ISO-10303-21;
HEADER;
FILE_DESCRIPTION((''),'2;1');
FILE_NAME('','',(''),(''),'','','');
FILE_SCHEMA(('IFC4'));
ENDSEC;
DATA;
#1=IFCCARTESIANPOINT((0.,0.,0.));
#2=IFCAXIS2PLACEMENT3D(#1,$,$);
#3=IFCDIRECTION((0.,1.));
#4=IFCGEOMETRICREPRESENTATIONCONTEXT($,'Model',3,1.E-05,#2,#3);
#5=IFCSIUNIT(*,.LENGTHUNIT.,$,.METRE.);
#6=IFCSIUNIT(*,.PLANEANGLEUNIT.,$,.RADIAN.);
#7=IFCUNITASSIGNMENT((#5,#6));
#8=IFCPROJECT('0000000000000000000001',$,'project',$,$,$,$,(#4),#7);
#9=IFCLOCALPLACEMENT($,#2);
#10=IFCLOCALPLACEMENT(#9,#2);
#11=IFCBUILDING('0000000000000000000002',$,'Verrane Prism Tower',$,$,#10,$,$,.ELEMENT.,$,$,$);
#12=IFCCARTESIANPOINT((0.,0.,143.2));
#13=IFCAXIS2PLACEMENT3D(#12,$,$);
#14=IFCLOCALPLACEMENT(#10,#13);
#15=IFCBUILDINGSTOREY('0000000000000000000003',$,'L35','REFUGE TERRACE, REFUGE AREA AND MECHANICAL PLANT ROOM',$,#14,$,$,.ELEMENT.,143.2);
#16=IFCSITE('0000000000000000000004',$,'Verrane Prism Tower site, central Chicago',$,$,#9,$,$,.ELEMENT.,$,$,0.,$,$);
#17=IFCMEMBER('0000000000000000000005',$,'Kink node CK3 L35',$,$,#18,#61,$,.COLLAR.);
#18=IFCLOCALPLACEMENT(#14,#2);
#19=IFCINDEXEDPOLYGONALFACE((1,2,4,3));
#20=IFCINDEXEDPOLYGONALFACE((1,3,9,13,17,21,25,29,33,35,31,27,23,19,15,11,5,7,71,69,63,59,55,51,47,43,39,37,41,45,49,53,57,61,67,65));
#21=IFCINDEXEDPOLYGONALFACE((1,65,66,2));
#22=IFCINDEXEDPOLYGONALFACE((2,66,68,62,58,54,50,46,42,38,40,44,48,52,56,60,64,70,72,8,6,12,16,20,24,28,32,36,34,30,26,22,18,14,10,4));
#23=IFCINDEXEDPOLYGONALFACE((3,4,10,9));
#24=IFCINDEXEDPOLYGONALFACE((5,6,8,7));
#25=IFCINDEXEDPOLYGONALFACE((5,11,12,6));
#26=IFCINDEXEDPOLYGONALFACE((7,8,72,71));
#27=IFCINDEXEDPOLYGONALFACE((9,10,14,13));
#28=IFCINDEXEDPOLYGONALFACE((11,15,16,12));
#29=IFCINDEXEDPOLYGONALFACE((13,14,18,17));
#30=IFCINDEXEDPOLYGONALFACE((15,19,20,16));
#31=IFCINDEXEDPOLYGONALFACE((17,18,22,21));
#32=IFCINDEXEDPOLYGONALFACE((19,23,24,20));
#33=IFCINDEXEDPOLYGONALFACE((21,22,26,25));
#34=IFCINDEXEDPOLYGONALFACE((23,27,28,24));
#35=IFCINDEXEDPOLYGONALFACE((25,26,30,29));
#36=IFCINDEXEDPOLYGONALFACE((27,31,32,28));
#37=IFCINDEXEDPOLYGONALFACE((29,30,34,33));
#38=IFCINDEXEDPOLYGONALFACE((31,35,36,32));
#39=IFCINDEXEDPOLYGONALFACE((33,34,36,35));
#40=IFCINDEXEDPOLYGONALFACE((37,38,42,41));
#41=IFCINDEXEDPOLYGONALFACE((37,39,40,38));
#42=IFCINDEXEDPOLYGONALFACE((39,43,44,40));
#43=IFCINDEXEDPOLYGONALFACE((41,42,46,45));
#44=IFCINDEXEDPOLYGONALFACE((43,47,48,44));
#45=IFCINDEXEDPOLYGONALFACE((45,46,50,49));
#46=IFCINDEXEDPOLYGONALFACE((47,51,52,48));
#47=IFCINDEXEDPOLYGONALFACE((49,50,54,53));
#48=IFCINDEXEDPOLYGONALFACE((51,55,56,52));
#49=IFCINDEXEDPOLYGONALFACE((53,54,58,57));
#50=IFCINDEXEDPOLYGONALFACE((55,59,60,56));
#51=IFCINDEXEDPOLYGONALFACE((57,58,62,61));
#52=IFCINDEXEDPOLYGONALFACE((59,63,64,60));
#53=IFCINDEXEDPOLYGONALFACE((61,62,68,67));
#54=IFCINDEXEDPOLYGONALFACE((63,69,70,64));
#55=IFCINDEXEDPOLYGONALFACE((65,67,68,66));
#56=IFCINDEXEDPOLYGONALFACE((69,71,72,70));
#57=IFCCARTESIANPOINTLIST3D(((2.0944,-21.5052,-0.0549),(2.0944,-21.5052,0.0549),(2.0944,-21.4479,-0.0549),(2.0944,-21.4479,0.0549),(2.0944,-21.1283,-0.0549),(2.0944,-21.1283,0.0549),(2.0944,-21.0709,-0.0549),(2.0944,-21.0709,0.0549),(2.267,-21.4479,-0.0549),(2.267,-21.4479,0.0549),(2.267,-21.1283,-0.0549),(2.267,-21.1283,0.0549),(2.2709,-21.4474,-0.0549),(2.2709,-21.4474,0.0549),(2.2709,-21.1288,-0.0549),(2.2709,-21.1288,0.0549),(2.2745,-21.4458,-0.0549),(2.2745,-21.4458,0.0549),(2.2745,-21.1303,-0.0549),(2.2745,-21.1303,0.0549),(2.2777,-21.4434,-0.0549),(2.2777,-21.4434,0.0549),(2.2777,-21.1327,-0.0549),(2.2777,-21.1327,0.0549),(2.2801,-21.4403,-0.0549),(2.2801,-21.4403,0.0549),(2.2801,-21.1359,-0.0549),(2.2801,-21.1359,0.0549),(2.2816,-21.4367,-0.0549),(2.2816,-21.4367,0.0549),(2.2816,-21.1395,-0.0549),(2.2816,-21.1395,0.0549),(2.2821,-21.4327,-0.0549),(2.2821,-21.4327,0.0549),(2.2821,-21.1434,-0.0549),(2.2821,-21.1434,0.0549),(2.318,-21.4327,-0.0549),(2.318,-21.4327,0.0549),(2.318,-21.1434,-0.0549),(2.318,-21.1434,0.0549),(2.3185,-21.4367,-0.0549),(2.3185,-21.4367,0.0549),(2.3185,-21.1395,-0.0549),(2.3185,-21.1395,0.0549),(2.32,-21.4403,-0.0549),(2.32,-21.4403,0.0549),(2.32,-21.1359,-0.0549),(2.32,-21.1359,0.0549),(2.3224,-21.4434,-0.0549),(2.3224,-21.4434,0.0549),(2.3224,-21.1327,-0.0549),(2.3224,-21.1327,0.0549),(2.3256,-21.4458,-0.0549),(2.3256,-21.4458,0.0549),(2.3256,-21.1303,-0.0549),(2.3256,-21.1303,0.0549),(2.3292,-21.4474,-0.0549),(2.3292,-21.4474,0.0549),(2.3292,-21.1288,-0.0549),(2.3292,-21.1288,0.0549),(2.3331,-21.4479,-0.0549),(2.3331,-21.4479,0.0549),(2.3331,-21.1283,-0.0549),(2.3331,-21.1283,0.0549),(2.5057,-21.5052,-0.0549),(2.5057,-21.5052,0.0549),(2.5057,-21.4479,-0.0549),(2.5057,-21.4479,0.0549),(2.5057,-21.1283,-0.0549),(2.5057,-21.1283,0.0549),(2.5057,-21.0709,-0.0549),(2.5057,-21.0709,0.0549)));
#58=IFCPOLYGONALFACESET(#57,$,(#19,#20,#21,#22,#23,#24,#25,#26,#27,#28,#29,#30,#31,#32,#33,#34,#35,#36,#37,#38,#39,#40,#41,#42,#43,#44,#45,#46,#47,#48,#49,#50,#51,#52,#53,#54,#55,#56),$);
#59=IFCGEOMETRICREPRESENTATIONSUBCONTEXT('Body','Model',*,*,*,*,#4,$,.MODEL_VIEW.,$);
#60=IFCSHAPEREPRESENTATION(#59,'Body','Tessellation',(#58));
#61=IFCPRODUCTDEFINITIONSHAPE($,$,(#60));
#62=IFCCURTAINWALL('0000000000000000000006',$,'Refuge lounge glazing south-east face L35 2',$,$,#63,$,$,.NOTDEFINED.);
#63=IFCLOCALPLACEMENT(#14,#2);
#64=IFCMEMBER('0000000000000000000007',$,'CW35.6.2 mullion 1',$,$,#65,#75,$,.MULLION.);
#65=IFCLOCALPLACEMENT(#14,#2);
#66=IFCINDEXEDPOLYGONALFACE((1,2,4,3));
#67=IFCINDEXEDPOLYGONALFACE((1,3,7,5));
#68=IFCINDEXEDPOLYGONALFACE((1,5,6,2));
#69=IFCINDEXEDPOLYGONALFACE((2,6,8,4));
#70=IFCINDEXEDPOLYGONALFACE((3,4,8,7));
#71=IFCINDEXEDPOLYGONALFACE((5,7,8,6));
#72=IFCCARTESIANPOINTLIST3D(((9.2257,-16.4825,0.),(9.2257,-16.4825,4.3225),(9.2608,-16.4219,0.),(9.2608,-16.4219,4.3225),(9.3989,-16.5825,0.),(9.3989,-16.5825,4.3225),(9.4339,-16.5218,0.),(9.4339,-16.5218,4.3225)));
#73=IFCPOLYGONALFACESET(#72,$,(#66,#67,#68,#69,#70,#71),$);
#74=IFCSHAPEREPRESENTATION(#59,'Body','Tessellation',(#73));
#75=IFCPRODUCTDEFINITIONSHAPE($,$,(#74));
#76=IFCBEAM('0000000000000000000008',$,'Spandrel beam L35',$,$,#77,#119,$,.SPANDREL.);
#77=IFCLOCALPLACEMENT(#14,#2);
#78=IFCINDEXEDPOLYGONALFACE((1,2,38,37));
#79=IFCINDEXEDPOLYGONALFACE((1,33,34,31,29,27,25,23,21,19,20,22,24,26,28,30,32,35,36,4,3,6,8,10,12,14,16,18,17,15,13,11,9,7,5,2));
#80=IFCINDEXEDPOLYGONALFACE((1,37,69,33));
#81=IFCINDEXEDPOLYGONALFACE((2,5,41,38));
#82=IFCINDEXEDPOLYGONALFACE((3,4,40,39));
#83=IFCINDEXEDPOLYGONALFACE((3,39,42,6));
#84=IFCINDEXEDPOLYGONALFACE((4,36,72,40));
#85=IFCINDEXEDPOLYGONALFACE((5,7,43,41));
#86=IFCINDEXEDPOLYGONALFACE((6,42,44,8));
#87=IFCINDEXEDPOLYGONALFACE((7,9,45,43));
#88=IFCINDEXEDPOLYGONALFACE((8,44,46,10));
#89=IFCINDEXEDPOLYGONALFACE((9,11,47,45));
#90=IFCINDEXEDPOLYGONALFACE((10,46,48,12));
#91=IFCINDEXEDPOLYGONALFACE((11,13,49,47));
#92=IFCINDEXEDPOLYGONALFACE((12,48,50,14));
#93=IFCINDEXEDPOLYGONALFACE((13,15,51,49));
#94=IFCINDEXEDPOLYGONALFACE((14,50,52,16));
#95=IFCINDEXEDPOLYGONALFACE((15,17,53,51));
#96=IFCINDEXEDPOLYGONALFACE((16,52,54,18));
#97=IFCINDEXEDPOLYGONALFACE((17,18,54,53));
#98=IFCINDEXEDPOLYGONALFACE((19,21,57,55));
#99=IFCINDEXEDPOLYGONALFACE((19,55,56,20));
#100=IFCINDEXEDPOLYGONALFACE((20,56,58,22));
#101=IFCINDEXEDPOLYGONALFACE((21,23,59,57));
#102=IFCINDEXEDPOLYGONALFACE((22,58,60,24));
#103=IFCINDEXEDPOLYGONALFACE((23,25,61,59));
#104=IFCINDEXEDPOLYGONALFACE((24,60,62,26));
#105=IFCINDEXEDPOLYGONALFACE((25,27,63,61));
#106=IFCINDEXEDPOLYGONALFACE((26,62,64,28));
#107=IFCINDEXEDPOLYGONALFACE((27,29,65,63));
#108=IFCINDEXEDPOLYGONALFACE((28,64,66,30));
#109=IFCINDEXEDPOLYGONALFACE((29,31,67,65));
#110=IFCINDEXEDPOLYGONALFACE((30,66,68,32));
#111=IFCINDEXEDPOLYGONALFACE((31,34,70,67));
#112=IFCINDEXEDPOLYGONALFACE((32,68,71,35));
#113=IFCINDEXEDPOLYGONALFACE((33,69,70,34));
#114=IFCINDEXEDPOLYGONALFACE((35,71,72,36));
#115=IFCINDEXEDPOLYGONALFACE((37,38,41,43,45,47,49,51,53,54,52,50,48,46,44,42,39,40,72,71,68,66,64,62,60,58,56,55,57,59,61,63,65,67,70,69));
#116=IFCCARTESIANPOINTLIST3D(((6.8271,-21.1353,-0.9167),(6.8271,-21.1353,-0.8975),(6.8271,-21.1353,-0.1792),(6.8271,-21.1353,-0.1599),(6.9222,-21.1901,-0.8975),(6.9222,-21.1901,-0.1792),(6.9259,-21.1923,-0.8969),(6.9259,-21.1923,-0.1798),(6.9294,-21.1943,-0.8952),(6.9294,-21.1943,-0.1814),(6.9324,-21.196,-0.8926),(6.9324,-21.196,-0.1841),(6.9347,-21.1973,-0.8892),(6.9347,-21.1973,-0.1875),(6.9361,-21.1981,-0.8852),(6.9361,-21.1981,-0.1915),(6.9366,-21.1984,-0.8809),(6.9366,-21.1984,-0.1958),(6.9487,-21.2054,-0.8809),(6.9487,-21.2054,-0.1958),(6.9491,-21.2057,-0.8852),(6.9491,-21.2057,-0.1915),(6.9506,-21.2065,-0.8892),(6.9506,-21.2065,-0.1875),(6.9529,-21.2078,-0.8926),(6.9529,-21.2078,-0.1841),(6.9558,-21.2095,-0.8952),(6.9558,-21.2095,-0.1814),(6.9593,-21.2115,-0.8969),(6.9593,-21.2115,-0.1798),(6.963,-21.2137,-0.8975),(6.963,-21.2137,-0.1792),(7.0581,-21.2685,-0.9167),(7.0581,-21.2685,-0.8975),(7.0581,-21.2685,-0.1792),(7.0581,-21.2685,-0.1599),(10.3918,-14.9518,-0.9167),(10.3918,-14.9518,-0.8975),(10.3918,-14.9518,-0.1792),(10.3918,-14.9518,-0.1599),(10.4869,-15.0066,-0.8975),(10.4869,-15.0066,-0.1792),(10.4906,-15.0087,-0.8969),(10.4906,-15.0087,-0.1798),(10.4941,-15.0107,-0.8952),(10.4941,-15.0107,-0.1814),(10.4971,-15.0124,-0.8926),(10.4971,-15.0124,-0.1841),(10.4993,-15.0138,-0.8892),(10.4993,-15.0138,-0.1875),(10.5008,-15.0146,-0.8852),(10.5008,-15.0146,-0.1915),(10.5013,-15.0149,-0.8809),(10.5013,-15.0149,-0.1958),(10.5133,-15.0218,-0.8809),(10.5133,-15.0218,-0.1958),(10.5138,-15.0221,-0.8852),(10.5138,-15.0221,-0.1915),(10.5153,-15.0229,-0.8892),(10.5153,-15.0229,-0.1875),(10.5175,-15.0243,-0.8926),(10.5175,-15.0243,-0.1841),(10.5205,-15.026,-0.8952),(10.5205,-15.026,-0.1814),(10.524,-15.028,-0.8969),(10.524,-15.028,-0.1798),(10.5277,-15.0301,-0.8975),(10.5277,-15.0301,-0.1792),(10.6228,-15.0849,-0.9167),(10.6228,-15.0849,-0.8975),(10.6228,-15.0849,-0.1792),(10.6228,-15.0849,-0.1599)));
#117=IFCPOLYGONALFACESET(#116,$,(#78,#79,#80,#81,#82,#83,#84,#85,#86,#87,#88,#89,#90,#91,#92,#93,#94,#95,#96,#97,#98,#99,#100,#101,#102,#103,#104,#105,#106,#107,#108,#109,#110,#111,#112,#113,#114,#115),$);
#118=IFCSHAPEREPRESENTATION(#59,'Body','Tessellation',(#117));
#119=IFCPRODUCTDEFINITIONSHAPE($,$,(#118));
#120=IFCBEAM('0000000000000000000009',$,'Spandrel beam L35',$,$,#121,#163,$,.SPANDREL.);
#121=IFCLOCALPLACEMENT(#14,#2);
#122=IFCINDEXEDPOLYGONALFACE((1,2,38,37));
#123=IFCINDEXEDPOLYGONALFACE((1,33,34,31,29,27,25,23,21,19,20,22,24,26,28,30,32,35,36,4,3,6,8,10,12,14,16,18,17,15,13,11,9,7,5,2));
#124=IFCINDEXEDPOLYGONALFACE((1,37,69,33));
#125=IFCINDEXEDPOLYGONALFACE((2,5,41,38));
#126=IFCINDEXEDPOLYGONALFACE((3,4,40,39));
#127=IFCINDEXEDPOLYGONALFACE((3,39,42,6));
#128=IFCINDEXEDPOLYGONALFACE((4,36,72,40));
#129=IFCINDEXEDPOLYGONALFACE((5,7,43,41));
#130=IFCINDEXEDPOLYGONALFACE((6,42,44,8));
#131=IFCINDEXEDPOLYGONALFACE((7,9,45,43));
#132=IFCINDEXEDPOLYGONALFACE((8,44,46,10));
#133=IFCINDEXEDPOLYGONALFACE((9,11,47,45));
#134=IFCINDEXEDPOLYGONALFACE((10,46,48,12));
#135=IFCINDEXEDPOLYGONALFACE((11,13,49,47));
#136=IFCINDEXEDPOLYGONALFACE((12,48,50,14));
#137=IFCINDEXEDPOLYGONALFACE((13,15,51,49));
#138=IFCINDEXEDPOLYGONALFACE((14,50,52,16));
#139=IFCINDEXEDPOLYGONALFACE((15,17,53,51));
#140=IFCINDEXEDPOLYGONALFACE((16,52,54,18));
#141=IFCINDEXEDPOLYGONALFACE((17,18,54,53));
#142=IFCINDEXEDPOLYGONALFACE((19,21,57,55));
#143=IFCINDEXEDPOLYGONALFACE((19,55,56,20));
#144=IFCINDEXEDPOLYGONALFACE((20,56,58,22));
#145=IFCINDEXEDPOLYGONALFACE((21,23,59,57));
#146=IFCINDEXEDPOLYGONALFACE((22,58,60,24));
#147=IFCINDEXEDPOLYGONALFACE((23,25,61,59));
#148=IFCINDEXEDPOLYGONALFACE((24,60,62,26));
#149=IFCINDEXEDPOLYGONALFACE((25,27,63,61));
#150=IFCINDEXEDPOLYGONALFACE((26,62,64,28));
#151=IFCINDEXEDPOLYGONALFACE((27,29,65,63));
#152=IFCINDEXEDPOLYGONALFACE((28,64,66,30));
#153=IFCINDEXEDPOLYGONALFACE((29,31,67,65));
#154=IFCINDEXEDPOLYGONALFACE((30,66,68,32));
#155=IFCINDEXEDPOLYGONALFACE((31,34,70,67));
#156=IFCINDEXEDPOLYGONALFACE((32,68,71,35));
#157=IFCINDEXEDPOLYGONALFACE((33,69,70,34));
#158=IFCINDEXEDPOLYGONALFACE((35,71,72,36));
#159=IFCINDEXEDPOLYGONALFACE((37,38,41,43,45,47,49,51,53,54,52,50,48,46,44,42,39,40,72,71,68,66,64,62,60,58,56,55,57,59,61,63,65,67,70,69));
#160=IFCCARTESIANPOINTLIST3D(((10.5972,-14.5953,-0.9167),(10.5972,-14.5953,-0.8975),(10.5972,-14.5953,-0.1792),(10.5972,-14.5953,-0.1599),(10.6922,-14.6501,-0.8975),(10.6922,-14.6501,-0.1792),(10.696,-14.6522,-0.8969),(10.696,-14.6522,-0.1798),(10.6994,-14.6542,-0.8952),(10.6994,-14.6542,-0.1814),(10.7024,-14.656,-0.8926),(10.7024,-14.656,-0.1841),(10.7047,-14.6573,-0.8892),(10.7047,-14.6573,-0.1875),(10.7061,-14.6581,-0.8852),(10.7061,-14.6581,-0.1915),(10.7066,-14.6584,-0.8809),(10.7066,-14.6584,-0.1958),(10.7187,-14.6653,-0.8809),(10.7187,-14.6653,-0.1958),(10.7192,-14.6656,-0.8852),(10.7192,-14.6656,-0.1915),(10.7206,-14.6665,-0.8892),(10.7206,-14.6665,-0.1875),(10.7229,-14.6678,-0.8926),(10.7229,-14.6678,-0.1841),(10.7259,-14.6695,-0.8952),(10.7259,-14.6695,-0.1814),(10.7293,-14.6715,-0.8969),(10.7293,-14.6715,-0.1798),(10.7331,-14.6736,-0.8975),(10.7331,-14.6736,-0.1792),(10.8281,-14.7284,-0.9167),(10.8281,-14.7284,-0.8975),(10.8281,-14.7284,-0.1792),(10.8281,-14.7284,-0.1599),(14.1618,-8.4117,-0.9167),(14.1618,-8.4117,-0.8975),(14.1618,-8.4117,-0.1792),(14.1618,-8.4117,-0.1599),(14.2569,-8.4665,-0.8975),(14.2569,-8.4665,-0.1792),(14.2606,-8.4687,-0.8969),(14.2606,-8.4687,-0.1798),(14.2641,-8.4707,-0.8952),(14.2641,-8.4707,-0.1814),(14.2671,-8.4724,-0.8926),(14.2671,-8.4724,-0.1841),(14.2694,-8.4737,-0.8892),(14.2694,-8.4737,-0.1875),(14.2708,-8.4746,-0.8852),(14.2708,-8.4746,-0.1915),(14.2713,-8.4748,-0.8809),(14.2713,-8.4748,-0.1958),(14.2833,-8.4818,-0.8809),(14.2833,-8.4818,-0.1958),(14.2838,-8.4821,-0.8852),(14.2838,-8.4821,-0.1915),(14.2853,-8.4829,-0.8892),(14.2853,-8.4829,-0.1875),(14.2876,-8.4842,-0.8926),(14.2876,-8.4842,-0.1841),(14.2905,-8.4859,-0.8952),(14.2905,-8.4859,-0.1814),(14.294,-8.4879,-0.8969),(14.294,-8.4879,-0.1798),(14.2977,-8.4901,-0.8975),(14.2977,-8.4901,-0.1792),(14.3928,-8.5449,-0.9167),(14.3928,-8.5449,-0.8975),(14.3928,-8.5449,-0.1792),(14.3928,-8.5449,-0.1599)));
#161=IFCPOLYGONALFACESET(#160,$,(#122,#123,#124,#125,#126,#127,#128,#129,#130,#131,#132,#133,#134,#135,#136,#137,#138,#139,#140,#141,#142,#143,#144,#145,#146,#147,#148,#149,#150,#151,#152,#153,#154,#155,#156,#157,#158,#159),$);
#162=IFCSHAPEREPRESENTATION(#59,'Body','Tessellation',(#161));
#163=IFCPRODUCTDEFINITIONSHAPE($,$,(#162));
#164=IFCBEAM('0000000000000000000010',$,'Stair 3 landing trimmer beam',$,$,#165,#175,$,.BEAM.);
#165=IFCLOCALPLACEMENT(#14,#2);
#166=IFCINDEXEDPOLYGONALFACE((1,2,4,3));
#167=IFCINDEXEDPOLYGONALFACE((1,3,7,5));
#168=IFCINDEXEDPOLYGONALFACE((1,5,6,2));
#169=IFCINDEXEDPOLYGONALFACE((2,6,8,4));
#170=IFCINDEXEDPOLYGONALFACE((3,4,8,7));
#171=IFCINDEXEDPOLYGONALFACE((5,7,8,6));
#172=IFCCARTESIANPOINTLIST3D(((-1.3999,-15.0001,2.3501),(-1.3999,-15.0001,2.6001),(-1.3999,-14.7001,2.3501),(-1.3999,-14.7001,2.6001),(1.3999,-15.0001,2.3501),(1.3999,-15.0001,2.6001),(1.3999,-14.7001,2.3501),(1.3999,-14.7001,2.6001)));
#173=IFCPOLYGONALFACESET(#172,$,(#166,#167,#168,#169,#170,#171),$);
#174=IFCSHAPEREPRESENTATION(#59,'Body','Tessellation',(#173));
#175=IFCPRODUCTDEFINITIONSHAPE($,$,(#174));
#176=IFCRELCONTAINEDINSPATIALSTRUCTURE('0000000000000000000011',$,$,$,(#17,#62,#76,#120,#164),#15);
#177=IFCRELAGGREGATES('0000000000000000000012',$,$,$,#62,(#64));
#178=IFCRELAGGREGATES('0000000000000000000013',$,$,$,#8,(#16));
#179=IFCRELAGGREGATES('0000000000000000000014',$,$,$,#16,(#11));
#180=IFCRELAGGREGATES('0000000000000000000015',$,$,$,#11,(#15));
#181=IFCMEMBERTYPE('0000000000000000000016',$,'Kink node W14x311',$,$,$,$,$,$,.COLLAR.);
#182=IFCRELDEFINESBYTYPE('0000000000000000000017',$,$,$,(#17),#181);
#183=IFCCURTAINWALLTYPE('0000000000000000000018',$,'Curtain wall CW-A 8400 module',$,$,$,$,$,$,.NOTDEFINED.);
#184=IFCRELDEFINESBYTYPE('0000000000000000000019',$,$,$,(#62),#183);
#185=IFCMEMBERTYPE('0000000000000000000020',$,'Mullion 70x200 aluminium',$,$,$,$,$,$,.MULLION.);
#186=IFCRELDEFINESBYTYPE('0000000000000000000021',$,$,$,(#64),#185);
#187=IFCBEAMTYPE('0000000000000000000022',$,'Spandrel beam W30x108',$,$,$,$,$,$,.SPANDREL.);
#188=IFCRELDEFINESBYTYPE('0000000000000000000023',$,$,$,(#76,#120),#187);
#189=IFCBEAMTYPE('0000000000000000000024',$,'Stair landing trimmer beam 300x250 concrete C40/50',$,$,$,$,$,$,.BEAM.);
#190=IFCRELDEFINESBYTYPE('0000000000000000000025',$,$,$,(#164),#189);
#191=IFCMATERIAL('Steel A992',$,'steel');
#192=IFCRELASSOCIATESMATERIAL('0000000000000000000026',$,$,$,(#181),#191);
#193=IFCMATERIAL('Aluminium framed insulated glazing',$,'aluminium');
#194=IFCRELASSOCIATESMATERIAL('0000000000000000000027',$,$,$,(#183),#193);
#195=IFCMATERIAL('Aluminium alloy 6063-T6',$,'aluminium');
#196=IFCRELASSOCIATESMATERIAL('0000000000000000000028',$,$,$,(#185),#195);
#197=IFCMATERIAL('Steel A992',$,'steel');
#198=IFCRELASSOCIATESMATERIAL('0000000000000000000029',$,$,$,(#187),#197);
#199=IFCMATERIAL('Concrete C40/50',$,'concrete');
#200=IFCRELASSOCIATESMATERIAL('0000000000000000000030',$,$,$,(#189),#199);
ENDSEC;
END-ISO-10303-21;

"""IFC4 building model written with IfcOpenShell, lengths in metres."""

from ifc_helpers import new_model, si_unit, direction, frame, origin, origin_2d, place, context, subcontext, project, spatial, rectangle, i_section, extrude, material, material_profile, profile_set, type_object, element, aggregate, save


model = new_model("IFC4")

# Units and contexts
model_context = context("Model", 3, precision=1e-05, world=origin(), true_north=direction((0.0, 1.0)))
body_context = subcontext(model_context, "Body", "Model", "MODEL_VIEW")
ifc_project = project(units=[si_unit("LENGTHUNIT", "METRE"), si_unit("PLANEANGLEUNIT", "RADIAN")], contexts=[model_context])

# Site, building, storey
site_placement = place(None, origin())
site = spatial("IfcSite", under=ifc_project, at=site_placement, Name="Verrane Prism Tower site, central Chicago", CompositionType="ELEMENT", RefElevation=0.0)
building_placement = place(site_placement, origin())
building = spatial("IfcBuilding", under=site, at=building_placement, Name="Verrane Prism Tower", CompositionType="ELEMENT")
storey_placement = place(building_placement, frame((0.0, 0.0, 143.2)))
storey = spatial("IfcBuildingStorey", under=building, at=storey_placement, Name="L35", Description="REFUGE TERRACE, REFUGE AREA AND MECHANICAL PLANT ROOM", CompositionType="ELEMENT", Elevation=143.2)

# Member
ifc_material_1 = material(Name="Steel A992", Category="steel")
ifc_material_profile_1 = material_profile(ifc_material_1, i_section(OverallWidth=0.4114, OverallDepth=0.4343, WebThickness=0.0359, FlangeThickness=0.0574, FilletRadius=0.0151, at=origin_2d()), Name="W14x311")
ifc_profile_set_1 = profile_set([ifc_material_profile_1], Name="Steel A992")
member_type_1 = type_object("IfcMemberType", Name="Kink node W14x311", PredefinedType="COLLAR", material=ifc_profile_set_1)
member_1_placement = place(storey_placement, frame((2.3, -21.2881, -0.0549), z_axis=(0.0, 0.0, 1.0), x_axis=(-1.0, 0.0, 0.0)))
element("IfcMember", 1, at=member_1_placement, inside=storey, type_object=member_type_1, Name="Kink node CK3 L35", PredefinedType="COLLAR", context=body_context, shape_type="SweptSolid", body=[
    extrude(i_section(OverallWidth=0.4114, OverallDepth=0.4343, WebThickness=0.0359, FlangeThickness=0.0574, FilletRadius=0.0151, at=origin_2d()), origin(), (0.0, 0.0, 1.0), 0.1099),
])

# Curtain wall, member
ifc_material_2 = material(Name="Aluminium framed insulated glazing", Category="aluminium")
curtain_wall_type = type_object("IfcCurtainWallType", Name="Curtain wall CW-A 8400 module", PredefinedType="NOTDEFINED", material=ifc_material_2)
curtain_wall_placement = place(storey_placement, origin())
curtain_wall = element("IfcCurtainWall", 2, at=curtain_wall_placement, inside=storey, type_object=curtain_wall_type, Name="Refuge lounge glazing south-east face L35 2", PredefinedType="NOTDEFINED")
ifc_material_3 = material(Name="Aluminium alloy 6063-T6", Category="aluminium")
ifc_material_profile_2 = material_profile(ifc_material_3, rectangle(XDim=0.2, YDim=0.0701, at=origin_2d()), Name="Mullion 70x200 aluminium")
ifc_profile_set_2 = profile_set([ifc_material_profile_2], Name="Aluminium alloy 6063-T6")
member_type_2 = type_object("IfcMemberType", Name="Mullion 70x200 aluminium", PredefinedType="MULLION", material=ifc_profile_set_2)
member_2_placement = place(storey_placement, frame((9.3298, -16.5022, 0.0), z_axis=(0.0, 0.0, 1.0), x_axis=(-0.866025, 0.500001, 0.0)))
member_2 = element("IfcMember", 3, at=member_2_placement, type_object=member_type_2, Name="CW35.6.2 mullion 1", PredefinedType="MULLION", context=body_context, shape_type="SweptSolid", body=[
    extrude(rectangle(XDim=0.2, YDim=0.0701, at=origin_2d()), origin(), (0.0, 0.0, 1.0), 4.3225),
])

# Beams
ifc_material_4 = material(Name="Steel A992", Category="steel")
ifc_material_profile_3 = material_profile(ifc_material_4, i_section(OverallWidth=0.2666, OverallDepth=0.7568, WebThickness=0.0139, FlangeThickness=0.0193, FilletRadius=0.0166, at=origin_2d()), Name="W30x108")
ifc_profile_set_3 = profile_set([ifc_material_profile_3], Name="Steel A992")
beam_type_1 = type_object("IfcBeamType", Name="Spandrel beam W30x108", PredefinedType="SPANDREL", material=ifc_profile_set_3)
for number, where, z_axis, x_axis, name in (
    (4, (6.9426, -21.2019, -0.5383), (0.499432, 0.866353, 0.0), (-0.866353, 0.499432, 0.0), "Spandrel beam L35"),
    (5, (10.7126, -14.6619, -0.5383), (0.499432, 0.866353, 0.0), (-0.866353, 0.499432, 0.0), "Spandrel beam L35"),
):
    element("IfcBeam", number, at=place(storey_placement, frame(where, z_axis=z_axis, x_axis=x_axis)), inside=storey, type_object=beam_type_1, Name=name, PredefinedType="SPANDREL", context=body_context, shape_type="SweptSolid", body=[
        extrude(i_section(OverallWidth=0.2666, OverallDepth=0.7568, WebThickness=0.0139, FlangeThickness=0.0193, FilletRadius=0.0166, at=origin_2d()), origin(), (0.0, 0.0, 1.0), 7.1375),
    ])
ifc_material_5 = material(Name="Concrete C40/50", Category="concrete")
ifc_material_profile_4 = material_profile(ifc_material_5, rectangle(XDim=0.3, YDim=0.25, at=origin_2d()), Name="RC 300x250")
ifc_profile_set_4 = profile_set([ifc_material_profile_4], Name="Concrete C40/50")
beam_type_2 = type_object("IfcBeamType", Name="Stair landing trimmer beam 300x250 concrete C40/50", PredefinedType="BEAM", material=ifc_profile_set_4)
beam_1_placement = place(storey_placement, frame((1.3999, -14.8501, 2.4751), z_axis=(-1.0, 0.0, 0.0), x_axis=(0.0, -1.0, 0.0)))
element("IfcBeam", 6, at=beam_1_placement, inside=storey, type_object=beam_type_2, Name="Stair 3 landing trimmer beam", PredefinedType="BEAM", context=body_context, shape_type="SweptSolid", body=[
    extrude(rectangle(XDim=0.3, YDim=0.25, at=origin_2d()), origin(), (0.0, 0.0, 1.0), 2.7998),
])

aggregate(curtain_wall, [member_2])

save(model, "model.ifc")
